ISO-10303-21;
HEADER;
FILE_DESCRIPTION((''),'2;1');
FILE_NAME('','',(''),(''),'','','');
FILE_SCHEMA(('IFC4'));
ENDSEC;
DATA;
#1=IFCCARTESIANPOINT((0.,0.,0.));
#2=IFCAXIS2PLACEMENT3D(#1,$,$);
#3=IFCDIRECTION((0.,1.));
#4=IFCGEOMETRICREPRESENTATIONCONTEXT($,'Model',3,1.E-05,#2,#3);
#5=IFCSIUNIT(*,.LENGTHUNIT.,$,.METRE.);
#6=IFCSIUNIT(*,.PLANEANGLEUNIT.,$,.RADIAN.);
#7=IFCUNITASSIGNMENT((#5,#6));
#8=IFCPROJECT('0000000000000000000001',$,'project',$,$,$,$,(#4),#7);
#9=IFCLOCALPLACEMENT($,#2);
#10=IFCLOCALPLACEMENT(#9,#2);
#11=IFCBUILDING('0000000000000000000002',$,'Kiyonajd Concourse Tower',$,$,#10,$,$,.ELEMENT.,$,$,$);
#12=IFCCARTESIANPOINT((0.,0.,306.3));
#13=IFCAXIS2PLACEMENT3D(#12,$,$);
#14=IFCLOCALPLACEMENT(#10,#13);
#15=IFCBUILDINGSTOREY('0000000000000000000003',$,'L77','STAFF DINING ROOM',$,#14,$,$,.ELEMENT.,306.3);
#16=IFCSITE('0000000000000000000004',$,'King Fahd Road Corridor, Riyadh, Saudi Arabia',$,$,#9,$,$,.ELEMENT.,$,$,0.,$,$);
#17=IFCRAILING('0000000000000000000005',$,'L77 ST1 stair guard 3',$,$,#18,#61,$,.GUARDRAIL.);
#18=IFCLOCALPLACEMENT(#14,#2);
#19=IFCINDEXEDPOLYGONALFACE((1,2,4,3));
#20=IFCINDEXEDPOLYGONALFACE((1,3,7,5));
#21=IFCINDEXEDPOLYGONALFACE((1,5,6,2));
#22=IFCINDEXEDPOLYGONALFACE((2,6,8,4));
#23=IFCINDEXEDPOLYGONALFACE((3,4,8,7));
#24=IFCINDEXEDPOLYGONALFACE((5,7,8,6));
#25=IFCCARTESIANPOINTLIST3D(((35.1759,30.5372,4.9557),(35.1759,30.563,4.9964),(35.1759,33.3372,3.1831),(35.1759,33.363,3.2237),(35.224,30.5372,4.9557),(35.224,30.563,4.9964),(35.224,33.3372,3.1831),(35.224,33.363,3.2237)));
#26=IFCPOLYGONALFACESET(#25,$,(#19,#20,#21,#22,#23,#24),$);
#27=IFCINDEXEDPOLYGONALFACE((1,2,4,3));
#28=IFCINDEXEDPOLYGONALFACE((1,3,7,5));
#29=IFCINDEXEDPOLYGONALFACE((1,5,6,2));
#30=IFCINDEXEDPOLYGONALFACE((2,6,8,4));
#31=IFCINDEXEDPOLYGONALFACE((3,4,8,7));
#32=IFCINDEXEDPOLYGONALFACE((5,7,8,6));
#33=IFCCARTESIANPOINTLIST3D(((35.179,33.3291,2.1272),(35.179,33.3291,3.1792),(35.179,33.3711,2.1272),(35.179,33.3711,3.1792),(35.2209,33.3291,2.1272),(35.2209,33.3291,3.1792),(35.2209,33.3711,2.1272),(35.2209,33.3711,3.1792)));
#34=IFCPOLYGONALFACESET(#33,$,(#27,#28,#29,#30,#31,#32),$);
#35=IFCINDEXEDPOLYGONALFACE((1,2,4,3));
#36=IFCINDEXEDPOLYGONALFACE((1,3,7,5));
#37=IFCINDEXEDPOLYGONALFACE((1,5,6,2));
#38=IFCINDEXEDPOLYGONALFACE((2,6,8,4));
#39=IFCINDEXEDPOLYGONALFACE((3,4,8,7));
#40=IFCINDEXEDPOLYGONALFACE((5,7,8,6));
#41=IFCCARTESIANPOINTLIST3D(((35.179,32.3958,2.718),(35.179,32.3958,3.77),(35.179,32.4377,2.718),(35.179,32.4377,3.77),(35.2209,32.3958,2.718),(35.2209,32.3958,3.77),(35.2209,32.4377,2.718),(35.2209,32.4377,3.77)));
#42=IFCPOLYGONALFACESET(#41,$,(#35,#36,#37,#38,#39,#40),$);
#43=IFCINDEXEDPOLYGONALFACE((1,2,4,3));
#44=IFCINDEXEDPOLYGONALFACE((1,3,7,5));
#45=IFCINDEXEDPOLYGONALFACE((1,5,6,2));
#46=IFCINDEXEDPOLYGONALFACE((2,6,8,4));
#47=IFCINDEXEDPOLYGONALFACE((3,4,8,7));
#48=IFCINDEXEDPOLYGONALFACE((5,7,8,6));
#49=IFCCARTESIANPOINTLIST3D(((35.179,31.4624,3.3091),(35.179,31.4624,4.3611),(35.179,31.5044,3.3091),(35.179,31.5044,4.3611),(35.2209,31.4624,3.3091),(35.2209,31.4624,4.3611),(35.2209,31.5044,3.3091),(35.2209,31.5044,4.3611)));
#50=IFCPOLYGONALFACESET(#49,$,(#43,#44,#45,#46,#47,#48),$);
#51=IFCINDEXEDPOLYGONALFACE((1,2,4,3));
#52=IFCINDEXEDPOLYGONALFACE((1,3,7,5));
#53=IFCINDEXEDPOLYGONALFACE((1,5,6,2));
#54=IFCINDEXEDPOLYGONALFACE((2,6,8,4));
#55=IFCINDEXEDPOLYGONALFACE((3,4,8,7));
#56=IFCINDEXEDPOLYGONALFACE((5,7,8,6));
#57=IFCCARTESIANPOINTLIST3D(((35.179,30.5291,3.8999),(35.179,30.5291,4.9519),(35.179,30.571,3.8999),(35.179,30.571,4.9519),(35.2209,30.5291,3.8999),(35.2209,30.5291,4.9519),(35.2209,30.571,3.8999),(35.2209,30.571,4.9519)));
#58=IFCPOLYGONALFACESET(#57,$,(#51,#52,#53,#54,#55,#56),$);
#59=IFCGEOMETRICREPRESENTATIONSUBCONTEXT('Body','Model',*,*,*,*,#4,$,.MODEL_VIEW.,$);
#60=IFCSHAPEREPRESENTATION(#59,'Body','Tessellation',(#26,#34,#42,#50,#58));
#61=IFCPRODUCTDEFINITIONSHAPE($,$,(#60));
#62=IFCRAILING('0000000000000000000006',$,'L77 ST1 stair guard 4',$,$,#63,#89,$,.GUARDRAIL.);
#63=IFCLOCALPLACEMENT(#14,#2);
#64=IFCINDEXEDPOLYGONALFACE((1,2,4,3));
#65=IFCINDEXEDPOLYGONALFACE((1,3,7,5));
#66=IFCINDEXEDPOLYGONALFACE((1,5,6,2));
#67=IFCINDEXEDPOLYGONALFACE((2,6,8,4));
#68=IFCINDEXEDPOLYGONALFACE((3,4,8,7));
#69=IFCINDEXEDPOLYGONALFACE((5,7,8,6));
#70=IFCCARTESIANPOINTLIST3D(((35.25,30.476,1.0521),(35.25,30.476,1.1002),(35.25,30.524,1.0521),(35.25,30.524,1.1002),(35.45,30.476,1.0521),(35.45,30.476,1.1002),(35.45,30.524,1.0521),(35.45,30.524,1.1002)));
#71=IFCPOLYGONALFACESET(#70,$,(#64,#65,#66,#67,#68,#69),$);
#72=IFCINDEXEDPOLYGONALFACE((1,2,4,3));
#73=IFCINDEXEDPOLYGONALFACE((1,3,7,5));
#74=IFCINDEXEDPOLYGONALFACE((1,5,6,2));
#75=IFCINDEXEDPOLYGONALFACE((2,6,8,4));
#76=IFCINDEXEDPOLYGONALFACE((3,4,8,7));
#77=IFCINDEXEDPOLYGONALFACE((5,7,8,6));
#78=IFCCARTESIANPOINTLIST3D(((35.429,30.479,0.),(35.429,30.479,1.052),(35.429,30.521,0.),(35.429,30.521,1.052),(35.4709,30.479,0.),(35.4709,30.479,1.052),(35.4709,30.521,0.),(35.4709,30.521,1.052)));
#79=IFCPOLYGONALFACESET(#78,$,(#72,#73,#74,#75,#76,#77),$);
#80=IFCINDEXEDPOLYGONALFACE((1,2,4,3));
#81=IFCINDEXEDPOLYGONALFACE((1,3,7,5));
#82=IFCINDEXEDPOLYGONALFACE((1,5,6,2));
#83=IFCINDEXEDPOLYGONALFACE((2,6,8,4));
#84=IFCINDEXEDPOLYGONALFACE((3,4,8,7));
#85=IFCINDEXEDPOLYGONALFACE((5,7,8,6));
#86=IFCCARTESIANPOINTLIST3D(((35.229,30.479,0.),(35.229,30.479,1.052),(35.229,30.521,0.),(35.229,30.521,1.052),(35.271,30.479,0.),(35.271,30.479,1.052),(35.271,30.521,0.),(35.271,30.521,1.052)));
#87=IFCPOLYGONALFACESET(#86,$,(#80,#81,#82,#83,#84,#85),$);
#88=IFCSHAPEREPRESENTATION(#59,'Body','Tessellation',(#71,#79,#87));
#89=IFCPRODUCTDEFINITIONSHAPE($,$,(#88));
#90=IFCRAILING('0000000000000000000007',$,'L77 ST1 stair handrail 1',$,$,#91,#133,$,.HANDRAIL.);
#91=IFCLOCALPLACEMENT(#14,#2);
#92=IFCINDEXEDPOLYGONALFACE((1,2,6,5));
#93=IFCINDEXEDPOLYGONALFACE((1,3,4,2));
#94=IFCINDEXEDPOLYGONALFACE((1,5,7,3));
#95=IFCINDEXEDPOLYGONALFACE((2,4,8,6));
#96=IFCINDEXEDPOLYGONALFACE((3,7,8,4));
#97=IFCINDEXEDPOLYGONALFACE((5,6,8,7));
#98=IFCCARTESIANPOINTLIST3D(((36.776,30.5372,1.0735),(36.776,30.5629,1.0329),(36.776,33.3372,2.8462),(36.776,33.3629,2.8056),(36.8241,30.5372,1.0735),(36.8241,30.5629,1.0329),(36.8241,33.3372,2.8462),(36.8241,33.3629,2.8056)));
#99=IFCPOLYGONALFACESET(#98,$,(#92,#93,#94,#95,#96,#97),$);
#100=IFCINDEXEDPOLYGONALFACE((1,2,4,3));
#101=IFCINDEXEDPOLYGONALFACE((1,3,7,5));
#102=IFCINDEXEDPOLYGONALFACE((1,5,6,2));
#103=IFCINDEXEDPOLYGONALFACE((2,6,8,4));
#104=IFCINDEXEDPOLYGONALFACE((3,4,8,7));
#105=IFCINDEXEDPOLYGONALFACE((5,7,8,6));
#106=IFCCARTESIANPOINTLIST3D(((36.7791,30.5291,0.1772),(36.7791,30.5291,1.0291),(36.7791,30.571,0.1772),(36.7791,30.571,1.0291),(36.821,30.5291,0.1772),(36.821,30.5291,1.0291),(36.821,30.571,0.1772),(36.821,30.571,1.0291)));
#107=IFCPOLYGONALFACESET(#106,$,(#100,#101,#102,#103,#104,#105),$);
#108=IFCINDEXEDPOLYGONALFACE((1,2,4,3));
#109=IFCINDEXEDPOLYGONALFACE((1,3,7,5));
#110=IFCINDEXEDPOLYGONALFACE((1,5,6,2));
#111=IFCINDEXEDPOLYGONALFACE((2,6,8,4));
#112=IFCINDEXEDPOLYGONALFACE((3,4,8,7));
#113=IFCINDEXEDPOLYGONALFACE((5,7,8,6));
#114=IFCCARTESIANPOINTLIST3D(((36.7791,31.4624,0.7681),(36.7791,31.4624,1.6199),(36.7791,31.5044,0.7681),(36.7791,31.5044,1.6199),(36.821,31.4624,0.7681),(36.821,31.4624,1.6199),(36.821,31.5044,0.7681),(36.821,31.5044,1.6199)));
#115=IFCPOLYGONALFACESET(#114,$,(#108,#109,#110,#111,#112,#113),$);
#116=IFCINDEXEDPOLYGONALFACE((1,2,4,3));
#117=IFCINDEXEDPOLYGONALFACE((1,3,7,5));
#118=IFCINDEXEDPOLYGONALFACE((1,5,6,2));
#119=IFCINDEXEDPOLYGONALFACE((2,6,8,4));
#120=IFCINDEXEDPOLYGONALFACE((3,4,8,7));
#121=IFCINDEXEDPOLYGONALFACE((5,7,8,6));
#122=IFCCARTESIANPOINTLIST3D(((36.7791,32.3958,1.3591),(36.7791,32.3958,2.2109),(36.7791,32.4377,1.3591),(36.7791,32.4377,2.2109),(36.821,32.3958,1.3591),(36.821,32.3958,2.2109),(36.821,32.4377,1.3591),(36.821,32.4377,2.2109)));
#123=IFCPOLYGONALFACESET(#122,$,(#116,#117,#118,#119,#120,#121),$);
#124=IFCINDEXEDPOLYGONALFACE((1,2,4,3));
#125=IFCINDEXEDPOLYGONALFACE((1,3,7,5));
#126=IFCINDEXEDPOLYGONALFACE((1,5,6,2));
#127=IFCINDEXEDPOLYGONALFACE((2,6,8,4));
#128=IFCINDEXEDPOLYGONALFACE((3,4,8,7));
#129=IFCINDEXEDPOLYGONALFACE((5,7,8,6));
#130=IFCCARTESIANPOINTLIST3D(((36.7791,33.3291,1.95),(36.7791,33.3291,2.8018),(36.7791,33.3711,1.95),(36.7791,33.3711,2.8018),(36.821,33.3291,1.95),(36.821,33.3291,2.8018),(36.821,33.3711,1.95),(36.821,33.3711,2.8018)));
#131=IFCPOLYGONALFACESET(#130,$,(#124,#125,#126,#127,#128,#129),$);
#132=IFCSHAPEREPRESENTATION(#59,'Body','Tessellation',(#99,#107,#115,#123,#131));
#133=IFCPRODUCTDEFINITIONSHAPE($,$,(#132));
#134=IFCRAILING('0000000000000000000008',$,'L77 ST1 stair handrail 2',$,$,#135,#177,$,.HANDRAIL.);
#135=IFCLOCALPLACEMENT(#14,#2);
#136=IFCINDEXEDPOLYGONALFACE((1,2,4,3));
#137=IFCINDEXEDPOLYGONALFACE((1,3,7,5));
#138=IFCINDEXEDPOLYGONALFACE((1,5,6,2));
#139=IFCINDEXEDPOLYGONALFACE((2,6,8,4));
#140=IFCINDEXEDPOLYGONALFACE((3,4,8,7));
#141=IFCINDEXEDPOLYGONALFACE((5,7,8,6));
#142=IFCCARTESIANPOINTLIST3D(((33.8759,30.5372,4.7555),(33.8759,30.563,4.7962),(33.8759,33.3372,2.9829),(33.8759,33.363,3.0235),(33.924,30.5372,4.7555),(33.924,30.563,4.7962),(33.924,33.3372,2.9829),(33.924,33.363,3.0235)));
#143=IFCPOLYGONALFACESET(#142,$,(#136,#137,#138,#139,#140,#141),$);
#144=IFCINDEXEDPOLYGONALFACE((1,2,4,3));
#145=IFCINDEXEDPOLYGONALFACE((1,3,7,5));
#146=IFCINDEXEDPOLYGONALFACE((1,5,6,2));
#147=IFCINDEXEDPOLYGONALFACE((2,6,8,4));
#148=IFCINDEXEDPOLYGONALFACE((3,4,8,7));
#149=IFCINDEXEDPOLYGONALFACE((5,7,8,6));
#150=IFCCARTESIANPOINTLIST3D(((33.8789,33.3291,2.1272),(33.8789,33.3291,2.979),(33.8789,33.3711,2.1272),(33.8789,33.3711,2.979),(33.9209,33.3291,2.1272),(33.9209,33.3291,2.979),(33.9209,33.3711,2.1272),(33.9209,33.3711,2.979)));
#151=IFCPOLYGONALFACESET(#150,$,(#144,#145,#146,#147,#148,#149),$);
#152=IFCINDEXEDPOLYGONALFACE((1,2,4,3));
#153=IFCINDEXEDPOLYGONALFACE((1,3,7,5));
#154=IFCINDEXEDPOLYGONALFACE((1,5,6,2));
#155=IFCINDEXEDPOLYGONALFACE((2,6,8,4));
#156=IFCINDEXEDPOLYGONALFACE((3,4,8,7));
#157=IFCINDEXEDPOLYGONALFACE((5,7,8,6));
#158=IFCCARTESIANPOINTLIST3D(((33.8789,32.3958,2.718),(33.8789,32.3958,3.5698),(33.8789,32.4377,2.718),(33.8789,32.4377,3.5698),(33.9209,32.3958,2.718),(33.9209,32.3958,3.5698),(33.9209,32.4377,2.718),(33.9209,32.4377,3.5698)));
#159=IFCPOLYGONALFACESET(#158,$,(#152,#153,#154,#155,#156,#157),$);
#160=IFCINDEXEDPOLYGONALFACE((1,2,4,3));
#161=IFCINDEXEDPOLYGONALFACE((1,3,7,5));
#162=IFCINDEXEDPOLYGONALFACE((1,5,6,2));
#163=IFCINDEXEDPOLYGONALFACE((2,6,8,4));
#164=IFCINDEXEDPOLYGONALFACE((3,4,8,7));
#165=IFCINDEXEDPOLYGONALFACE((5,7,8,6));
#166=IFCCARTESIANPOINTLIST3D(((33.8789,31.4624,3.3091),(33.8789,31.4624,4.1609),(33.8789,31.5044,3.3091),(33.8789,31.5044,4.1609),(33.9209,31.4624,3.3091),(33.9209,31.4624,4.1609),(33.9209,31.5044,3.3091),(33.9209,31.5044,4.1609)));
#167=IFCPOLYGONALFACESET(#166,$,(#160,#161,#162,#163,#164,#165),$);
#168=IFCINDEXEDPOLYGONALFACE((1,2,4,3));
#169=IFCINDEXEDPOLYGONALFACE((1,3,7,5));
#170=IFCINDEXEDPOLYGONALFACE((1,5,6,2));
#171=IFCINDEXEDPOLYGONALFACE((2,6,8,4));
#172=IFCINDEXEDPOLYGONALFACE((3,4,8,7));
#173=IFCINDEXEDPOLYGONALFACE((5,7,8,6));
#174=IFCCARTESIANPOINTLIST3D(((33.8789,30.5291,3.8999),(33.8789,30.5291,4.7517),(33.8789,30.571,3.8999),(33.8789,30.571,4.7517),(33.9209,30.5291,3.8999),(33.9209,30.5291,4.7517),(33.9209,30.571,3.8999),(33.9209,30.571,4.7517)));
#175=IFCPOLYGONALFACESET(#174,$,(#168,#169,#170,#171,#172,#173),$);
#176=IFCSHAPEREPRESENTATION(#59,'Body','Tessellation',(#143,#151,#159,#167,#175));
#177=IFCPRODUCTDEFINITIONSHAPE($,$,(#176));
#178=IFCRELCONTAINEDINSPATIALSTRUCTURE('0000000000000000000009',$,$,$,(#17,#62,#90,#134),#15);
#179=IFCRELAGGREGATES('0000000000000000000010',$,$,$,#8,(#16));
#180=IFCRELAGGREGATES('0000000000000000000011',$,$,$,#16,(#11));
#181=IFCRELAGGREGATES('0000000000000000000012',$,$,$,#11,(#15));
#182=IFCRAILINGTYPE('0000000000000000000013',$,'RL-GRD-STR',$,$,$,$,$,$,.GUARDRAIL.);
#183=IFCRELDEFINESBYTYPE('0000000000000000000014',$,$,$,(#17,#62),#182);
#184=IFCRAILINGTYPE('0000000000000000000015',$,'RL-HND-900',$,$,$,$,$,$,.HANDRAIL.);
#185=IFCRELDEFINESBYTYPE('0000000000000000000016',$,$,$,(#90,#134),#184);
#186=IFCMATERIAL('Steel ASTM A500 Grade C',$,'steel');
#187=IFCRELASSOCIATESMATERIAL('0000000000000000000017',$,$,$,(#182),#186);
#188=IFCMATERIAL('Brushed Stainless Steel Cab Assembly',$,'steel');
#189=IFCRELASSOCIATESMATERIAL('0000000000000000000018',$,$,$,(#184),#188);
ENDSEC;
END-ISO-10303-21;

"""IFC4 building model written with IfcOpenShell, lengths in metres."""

from ifc_helpers import new_model, si_unit, direction, frame, origin, origin_2d, place, context, subcontext, project, spatial, rectangle, extrude, material, type_object, element, save


model = new_model("IFC4")

# Units and contexts
model_context = context("Model", 3, precision=1e-05, world=origin(), true_north=direction((0.0, 1.0)))
body_context = subcontext(model_context, "Body", "Model", "MODEL_VIEW")
ifc_project = project(units=[si_unit("LENGTHUNIT", "METRE"), si_unit("PLANEANGLEUNIT", "RADIAN")], contexts=[model_context])

# Site, building, storey
site_placement = place(None, origin())
site = spatial("IfcSite", under=ifc_project, at=site_placement, Name="King Fahd Road Corridor, Riyadh, Saudi Arabia", CompositionType="ELEMENT", RefElevation=0.0)
building_placement = place(site_placement, origin())
building = spatial("IfcBuilding", under=site, at=building_placement, Name="Kiyonajd Concourse Tower", CompositionType="ELEMENT")
storey_placement = place(building_placement, frame((0.0, 0.0, 306.3)))
storey = spatial("IfcBuildingStorey", under=building, at=storey_placement, Name="L77", Description="STAFF DINING ROOM", CompositionType="ELEMENT", Elevation=306.3)

# Shared definitions
ifc_material_1 = material(Name="Brushed Stainless Steel Cab Assembly", Category="steel")

# Railings
ifc_material_2 = material(Name="Steel ASTM A500 Grade C", Category="steel")
railing_type_1 = type_object("IfcRailingType", Name="RL-GRD-STR", PredefinedType="GUARDRAIL", material=ifc_material_2)
railing_1_placement = place(storey_placement, frame((35.2, 33.3501, 2.1272)))
element("IfcRailing", 1, at=railing_1_placement, inside=storey, type_object=railing_type_1, Name="L77 ST1 stair guard 3", PredefinedType="GUARDRAIL", context=body_context, shape_type="SweptSolid", body=[
    extrude(rectangle(XDim=0.0481, YDim=0.0481, at=origin_2d()), frame((0.0, 0.0, 1.0762), z_axis=(0.0, -0.844909, 0.53491), x_axis=(1.0, 0.0, 0.0)), (0.0, 0.0, 1.0), 3.314),
    extrude(rectangle(XDim=0.042, YDim=0.042, at=origin_2d()), origin(), (0.0, 0.0, 1.0), 1.052),
    extrude(rectangle(XDim=0.042, YDim=0.042, at=origin_2d()), frame((0.0, -0.9333, 0.5908)), (0.0, 0.0, 1.0), 1.052),
    extrude(rectangle(XDim=0.042, YDim=0.042, at=origin_2d()), frame((0.0, -1.8667, 1.1819)), (0.0, 0.0, 1.0), 1.052),
    extrude(rectangle(XDim=0.042, YDim=0.042, at=origin_2d()), frame((0.0, -2.8, 1.7727)), (0.0, 0.0, 1.0), 1.052),
])
railing_2_placement = place(storey_placement, frame((35.45, 30.5, 0.0)))
element("IfcRailing", 2, at=railing_2_placement, inside=storey, type_object=railing_type_1, Name="L77 ST1 stair guard 4", PredefinedType="GUARDRAIL", context=body_context, shape_type="SweptSolid", body=[
    extrude(rectangle(XDim=0.0481, YDim=0.0481, at=origin_2d()), frame((0.0, 0.0, 1.0762), z_axis=(-1.0, 0.0, 0.0), x_axis=(0.0, -1.0, 0.0)), (0.0, 0.0, 1.0), 0.2),
    extrude(rectangle(XDim=0.042, YDim=0.042, at=origin_2d()), origin(), (0.0, 0.0, 1.0), 1.052),
    extrude(rectangle(XDim=0.042, YDim=0.042, at=origin_2d()), frame((-0.2, 0.0, 0.0)), (0.0, 0.0, 1.0), 1.052),
])
railing_type_2 = type_object("IfcRailingType", Name="RL-HND-900", PredefinedType="HANDRAIL", material=ifc_material_1)
railing_3_placement = place(storey_placement, frame((36.8, 30.55, 0.1772)))
element("IfcRailing", 3, at=railing_3_placement, inside=storey, type_object=railing_type_2, Name="L77 ST1 stair handrail 1", PredefinedType="HANDRAIL", context=body_context, shape_type="SweptSolid", body=[
    extrude(rectangle(XDim=0.0481, YDim=0.0481, at=origin_2d()), frame((0.0, 0.0, 0.876), z_axis=(0.0, 0.844909, 0.53491), x_axis=(-1.0, 0.0, 0.0)), (0.0, 0.0, 1.0), 3.314),
    extrude(rectangle(XDim=0.042, YDim=0.042, at=origin_2d()), origin(), (0.0, 0.0, 1.0), 0.8518),
    extrude(rectangle(XDim=0.042, YDim=0.042, at=origin_2d()), frame((0.0, 0.9333, 0.5908)), (0.0, 0.0, 1.0), 0.8518),
    extrude(rectangle(XDim=0.042, YDim=0.042, at=origin_2d()), frame((0.0, 1.8667, 1.1819)), (0.0, 0.0, 1.0), 0.8518),
    extrude(rectangle(XDim=0.042, YDim=0.042, at=origin_2d()), frame((0.0, 2.8, 1.7727)), (0.0, 0.0, 1.0), 0.8518),
])
railing_4_placement = place(storey_placement, frame((33.8999, 33.3501, 2.1272)))
element("IfcRailing", 4, at=railing_4_placement, inside=storey, type_object=railing_type_2, Name="L77 ST1 stair handrail 2", PredefinedType="HANDRAIL", context=body_context, shape_type="SweptSolid", body=[
    extrude(rectangle(XDim=0.0481, YDim=0.0481, at=origin_2d()), frame((0.0, 0.0, 0.876), z_axis=(0.0, -0.844909, 0.53491), x_axis=(1.0, 0.0, 0.0)), (0.0, 0.0, 1.0), 3.314),
    extrude(rectangle(XDim=0.042, YDim=0.042, at=origin_2d()), origin(), (0.0, 0.0, 1.0), 0.8518),
    extrude(rectangle(XDim=0.042, YDim=0.042, at=origin_2d()), frame((0.0, -0.9333, 0.5908)), (0.0, 0.0, 1.0), 0.8518),
    extrude(rectangle(XDim=0.042, YDim=0.042, at=origin_2d()), frame((0.0, -1.8667, 1.1819)), (0.0, 0.0, 1.0), 0.8518),
    extrude(rectangle(XDim=0.042, YDim=0.042, at=origin_2d()), frame((0.0, -2.8, 1.7727)), (0.0, 0.0, 1.0), 0.8518),
])

save(model, "model.ifc")
